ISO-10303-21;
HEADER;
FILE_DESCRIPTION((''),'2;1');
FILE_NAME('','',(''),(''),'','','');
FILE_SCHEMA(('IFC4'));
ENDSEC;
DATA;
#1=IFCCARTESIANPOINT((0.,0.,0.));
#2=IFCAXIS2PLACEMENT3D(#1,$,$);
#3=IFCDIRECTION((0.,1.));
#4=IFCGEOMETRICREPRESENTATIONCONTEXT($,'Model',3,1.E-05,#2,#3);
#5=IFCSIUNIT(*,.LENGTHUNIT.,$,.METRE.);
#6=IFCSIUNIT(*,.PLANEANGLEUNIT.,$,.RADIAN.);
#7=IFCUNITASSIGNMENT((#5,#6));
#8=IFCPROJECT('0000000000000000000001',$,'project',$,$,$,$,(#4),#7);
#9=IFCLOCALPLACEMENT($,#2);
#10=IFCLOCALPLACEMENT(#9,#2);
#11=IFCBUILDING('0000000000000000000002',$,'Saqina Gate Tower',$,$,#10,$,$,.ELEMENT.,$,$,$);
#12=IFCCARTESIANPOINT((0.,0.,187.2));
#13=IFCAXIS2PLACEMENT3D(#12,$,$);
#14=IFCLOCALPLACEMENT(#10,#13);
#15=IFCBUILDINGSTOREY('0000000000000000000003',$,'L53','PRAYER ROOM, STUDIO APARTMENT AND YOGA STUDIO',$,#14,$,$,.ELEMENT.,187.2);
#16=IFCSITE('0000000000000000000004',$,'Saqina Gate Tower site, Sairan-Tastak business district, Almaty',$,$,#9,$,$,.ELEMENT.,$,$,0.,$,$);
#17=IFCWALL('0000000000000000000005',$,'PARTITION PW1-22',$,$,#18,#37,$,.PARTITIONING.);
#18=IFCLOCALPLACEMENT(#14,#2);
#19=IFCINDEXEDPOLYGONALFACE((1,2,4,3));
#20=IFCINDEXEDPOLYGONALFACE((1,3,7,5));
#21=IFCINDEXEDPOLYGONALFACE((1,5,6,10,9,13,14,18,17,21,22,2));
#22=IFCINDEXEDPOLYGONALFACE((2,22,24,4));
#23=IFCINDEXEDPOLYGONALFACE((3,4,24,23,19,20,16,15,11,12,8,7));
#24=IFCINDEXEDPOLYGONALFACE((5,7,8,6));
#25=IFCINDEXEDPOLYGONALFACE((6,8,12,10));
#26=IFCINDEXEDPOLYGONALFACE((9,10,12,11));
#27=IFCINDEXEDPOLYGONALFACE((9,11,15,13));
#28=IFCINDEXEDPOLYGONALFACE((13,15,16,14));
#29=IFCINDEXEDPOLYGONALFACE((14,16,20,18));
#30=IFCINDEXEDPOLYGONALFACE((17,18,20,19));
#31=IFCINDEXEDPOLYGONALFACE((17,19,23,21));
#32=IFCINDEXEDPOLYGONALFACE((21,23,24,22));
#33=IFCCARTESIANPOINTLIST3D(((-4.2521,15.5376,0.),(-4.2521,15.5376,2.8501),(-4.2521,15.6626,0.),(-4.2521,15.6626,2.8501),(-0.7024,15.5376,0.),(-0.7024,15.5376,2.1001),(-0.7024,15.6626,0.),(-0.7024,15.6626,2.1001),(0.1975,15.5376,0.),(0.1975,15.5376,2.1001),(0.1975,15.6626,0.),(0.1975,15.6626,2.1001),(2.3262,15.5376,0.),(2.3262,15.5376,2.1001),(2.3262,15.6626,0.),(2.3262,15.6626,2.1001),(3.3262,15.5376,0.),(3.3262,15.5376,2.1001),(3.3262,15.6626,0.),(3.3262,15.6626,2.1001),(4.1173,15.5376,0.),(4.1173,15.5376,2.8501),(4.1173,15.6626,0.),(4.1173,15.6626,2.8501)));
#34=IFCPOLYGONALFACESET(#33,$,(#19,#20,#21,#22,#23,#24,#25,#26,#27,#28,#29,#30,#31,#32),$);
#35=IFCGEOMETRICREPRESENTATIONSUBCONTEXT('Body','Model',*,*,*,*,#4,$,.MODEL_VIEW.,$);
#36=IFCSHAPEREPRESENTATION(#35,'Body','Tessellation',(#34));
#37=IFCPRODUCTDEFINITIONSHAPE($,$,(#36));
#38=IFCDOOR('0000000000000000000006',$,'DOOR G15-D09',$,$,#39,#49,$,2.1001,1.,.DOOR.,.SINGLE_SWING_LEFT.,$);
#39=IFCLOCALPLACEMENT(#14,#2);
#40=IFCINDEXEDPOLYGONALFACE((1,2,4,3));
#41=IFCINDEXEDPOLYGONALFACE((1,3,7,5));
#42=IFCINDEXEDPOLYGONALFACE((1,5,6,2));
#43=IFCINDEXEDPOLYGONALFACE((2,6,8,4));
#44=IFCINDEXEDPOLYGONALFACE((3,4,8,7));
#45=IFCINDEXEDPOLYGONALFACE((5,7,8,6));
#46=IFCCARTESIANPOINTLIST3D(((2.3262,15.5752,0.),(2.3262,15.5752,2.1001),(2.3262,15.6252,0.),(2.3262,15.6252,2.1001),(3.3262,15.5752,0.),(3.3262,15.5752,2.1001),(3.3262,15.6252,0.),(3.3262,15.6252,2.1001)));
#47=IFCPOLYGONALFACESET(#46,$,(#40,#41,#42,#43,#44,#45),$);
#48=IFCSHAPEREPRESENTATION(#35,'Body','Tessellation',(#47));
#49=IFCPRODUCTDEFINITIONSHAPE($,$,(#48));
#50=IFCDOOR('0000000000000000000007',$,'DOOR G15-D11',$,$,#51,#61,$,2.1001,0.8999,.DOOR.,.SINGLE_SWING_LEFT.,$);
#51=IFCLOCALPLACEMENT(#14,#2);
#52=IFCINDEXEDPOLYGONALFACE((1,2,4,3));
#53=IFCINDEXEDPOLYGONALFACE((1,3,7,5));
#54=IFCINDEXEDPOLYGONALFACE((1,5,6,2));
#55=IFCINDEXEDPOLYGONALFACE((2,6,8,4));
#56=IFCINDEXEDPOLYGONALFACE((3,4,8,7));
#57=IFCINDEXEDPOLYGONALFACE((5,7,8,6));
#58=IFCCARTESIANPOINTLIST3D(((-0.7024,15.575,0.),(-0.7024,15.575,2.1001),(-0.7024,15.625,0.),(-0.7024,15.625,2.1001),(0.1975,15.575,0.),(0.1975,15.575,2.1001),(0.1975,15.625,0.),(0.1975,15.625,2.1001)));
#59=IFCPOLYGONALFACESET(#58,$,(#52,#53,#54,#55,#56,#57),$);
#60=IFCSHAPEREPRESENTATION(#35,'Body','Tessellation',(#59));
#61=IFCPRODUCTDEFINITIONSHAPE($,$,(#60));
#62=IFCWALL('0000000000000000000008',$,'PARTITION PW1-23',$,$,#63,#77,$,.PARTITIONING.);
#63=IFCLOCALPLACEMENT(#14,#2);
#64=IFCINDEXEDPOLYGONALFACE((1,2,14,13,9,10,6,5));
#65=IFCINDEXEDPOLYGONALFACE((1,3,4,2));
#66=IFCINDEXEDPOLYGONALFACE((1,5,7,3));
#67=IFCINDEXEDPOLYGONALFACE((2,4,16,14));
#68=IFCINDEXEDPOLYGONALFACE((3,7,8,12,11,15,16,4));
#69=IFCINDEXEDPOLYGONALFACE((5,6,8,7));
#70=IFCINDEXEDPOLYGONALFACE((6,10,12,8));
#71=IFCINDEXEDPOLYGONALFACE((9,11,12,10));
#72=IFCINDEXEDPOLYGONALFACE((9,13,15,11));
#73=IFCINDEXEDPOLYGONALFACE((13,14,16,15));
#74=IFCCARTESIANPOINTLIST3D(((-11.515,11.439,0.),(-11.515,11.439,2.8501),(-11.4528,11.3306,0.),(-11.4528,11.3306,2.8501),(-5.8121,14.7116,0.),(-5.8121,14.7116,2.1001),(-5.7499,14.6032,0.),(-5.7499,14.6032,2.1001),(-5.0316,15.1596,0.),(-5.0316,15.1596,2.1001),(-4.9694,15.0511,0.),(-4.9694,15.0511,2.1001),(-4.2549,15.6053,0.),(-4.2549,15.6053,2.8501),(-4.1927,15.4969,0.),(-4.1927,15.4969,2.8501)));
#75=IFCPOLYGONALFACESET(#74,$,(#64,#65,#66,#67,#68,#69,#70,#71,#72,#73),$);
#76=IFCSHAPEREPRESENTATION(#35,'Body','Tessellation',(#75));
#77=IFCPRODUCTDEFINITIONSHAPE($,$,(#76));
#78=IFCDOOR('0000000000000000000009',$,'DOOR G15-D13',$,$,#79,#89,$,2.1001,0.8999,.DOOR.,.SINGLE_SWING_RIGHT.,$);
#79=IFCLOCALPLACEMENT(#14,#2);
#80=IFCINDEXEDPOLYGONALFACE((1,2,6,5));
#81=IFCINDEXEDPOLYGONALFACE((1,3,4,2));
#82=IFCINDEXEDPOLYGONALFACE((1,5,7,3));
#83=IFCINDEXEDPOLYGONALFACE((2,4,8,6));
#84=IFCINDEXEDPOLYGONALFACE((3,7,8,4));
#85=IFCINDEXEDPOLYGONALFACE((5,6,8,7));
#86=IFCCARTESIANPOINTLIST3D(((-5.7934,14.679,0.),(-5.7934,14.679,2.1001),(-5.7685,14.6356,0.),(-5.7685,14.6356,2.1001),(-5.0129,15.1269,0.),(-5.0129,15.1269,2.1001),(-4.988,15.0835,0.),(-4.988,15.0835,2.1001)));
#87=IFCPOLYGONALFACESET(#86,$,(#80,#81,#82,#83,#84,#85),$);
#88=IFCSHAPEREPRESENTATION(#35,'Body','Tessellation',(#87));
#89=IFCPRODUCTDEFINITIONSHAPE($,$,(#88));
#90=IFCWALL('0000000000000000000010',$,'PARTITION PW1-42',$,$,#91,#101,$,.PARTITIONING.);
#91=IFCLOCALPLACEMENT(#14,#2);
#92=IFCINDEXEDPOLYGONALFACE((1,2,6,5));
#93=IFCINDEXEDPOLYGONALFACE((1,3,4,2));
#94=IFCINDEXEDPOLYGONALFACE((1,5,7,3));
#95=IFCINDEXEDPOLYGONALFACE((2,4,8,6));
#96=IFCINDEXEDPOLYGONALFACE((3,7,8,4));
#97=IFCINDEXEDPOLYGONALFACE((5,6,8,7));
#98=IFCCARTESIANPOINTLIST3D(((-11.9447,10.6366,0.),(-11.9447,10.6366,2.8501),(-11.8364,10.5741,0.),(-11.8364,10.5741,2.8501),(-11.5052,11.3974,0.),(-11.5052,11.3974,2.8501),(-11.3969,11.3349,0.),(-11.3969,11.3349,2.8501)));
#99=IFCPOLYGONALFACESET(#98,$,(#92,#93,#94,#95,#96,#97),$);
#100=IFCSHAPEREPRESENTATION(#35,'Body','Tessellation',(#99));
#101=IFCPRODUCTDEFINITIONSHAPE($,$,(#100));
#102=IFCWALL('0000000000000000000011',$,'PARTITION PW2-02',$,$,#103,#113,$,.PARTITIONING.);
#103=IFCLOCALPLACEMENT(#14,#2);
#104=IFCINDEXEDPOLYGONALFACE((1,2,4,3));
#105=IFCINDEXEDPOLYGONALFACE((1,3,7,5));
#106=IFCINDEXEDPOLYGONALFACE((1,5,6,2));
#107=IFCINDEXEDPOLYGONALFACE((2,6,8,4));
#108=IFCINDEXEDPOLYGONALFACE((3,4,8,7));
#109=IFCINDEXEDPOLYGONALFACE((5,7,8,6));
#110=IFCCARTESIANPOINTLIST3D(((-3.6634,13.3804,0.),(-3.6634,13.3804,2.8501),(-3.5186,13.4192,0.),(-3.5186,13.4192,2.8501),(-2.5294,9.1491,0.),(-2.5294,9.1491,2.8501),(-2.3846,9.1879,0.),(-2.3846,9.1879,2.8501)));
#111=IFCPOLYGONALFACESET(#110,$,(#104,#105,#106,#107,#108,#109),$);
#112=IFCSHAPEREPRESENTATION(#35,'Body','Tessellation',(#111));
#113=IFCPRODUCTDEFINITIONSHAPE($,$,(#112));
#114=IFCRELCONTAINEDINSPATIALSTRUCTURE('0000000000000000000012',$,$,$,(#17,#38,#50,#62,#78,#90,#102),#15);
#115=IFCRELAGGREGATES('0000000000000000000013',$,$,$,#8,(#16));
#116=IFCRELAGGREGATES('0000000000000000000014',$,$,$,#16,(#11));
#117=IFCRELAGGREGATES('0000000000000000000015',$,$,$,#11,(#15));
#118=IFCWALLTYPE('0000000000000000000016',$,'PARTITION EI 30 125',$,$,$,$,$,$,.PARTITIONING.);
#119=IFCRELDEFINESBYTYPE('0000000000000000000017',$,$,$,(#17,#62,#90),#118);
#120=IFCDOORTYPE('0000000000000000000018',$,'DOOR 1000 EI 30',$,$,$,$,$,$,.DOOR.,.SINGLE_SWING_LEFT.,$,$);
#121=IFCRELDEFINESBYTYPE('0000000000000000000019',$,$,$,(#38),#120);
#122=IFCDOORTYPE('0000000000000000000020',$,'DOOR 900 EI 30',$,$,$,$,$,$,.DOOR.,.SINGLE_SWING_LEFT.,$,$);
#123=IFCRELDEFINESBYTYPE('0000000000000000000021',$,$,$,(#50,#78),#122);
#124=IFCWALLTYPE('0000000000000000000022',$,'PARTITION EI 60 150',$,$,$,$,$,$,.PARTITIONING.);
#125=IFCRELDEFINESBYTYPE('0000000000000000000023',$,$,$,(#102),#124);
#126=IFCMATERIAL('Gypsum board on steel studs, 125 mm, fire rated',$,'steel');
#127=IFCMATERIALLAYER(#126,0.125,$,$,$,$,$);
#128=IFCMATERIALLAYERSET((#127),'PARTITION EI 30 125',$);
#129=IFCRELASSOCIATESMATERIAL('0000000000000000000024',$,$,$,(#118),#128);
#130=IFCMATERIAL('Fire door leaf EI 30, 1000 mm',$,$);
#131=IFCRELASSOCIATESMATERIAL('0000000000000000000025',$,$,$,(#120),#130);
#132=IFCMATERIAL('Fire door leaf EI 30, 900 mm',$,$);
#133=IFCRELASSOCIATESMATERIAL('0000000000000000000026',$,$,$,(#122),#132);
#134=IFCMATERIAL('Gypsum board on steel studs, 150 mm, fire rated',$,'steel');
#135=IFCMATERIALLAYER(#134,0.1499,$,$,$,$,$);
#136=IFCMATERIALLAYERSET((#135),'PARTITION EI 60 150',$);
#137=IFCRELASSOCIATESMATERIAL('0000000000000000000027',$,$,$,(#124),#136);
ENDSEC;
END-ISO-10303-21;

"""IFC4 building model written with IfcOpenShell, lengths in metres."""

from ifc_helpers import new_model, si_unit, direction, frame, frame_2d, origin, place, context, subcontext, project, spatial, rectangle, extrude, material, layer, layer_set, type_object, element, fill, save


model = new_model("IFC4")

# Units and contexts
model_context = context("Model", 3, precision=1e-05, world=origin(), true_north=direction((0.0, 1.0)))
body_context = subcontext(model_context, "Body", "Model", "MODEL_VIEW")
ifc_project = project(units=[si_unit("LENGTHUNIT", "METRE"), si_unit("PLANEANGLEUNIT", "RADIAN")], contexts=[model_context])

# Site, building, storey
site_placement = place(None, origin())
site = spatial("IfcSite", under=ifc_project, at=site_placement, Name="Saqina Gate Tower site, Sairan-Tastak business district, Almaty", CompositionType="ELEMENT", RefElevation=0.0)
building_placement = place(site_placement, origin())
building = spatial("IfcBuilding", under=site, at=building_placement, Name="Saqina Gate Tower", CompositionType="ELEMENT")
storey_placement = place(building_placement, frame((0.0, 0.0, 187.2)))
storey = spatial("IfcBuildingStorey", under=building, at=storey_placement, Name="L53", Description="PRAYER ROOM, STUDIO APARTMENT AND YOGA STUDIO", CompositionType="ELEMENT", Elevation=187.2)

# Shared definitions
ifc_material_1 = material(Name="Gypsum board on steel studs, 125 mm, fire rated", Category="steel")
ifc_layer_1 = layer(ifc_material_1, 0.125)
ifc_layer_set_1 = layer_set([ifc_layer_1], Name="PARTITION EI 30 125")
wall_type_1 = type_object("IfcWallType", Name="PARTITION EI 30 125", PredefinedType="PARTITIONING", material=ifc_layer_set_1)
ifc_material_2 = material(Name="Fire door leaf EI 30, 1000 mm")
door_type_1 = type_object("IfcDoorType", Name="DOOR 1000 EI 30", OperationType="SINGLE_SWING_LEFT", PredefinedType="DOOR", material=ifc_material_2)

# Wall, openings, doors
wall_1_placement = place(storey_placement, frame((-4.252, 15.6001, 0.0), z_axis=(0.0, 0.0, 1.0), x_axis=(1.0, 0.0, 0.0)))
wall_1 = element("IfcWall", 1, at=wall_1_placement, inside=storey, type_object=wall_type_1, Name="PARTITION PW1-22", PredefinedType="PARTITIONING", context=body_context, shape_type="SweptSolid", body=[
    extrude(rectangle(XDim=8.3694, YDim=0.125, at=frame_2d((4.1846, 0.0))), origin(), (0.0, 0.0, 1.0), 2.8501),
])
opening_1_placement = place(wall_1_placement, frame((6.5781, 0.0, 0.0)))
opening_1 = element("IfcOpeningElement", 2, at=opening_1_placement, cuts=wall_1, PredefinedType="OPENING", context=body_context, shape_type="SweptSolid", body=[
    extrude(rectangle(XDim=1.0, YDim=2.1001, at=frame_2d((0.5, 1.05))), frame((0.0, 0.0745, 0.0), z_axis=(0.0, -1.0, 0.0), x_axis=(1.0, 0.0, 0.0)), (0.0, 0.0, 1.0), 0.1489),
])
opening_2_placement = place(wall_1_placement, frame((3.5496, 0.0, 0.0)))
opening_2 = element("IfcOpeningElement", 3, at=opening_2_placement, cuts=wall_1, PredefinedType="OPENING", context=body_context, shape_type="SweptSolid", body=[
    extrude(rectangle(XDim=0.8999, YDim=2.1001, at=frame_2d((0.45, 1.05))), frame((0.0, 0.0745, 0.0), z_axis=(0.0, -1.0, 0.0), x_axis=(1.0, 0.0, 0.0)), (0.0, 0.0, 1.0), 0.1489),
])
door_1_placement = place(opening_1_placement, frame((1.0, 0.0, 0.0), z_axis=(0.0, 0.0, 1.0), x_axis=(-1.0, 0.0, 0.0)))
door_1 = element("IfcDoor", 4, at=door_1_placement, inside=storey, type_object=door_type_1, Name="DOOR G15-D09", OperationType="SINGLE_SWING_LEFT", OverallHeight=2.1001, OverallWidth=1.0, PredefinedType="DOOR", context=body_context, shape_type="SweptSolid", body=[
    extrude(rectangle(XDim=1.0, YDim=2.1001, at=frame_2d((0.5, 1.05))), frame((0.0, 0.0249, 0.0), z_axis=(0.0, -1.0, 0.0), x_axis=(1.0, 0.0, 0.0)), (0.0, 0.0, 1.0), 0.05),
])
fill(opening_1, door_1)
ifc_material_3 = material(Name="Fire door leaf EI 30, 900 mm")
door_type_2 = type_object("IfcDoorType", Name="DOOR 900 EI 30", OperationType="SINGLE_SWING_LEFT", PredefinedType="DOOR", material=ifc_material_3)
door_2_placement = place(opening_2_placement, origin())
door_2 = element("IfcDoor", 5, at=door_2_placement, inside=storey, type_object=door_type_2, Name="DOOR G15-D11", OperationType="SINGLE_SWING_LEFT", OverallHeight=2.1001, OverallWidth=0.8999, PredefinedType="DOOR", context=body_context, shape_type="SweptSolid", body=[
    extrude(rectangle(XDim=0.8999, YDim=2.1001, at=frame_2d((0.45, 1.05))), frame((0.0, 0.0249, 0.0), z_axis=(0.0, -1.0, 0.0), x_axis=(1.0, 0.0, 0.0)), (0.0, 0.0, 1.0), 0.05),
])
fill(opening_2, door_2)

# Wall, opening, door
wall_2_placement = place(storey_placement, frame((-11.4839, 11.3848, 0.0), z_axis=(0.0, 0.0, 1.0), x_axis=(0.867332, 0.497731, 0.0)))
wall_2 = element("IfcWall", 6, at=wall_2_placement, inside=storey, type_object=wall_type_1, Name="PARTITION PW1-23", PredefinedType="PARTITIONING", context=body_context, shape_type="SweptSolid", body=[
    extrude(rectangle(XDim=8.3706, YDim=0.125, at=frame_2d((4.1853, 0.0))), origin(), (0.0, 0.0, 1.0), 2.8501),
])
opening_3_placement = place(wall_2_placement, frame((6.5752, 0.0, 0.0)))
opening_3 = element("IfcOpeningElement", 7, at=opening_3_placement, cuts=wall_2, PredefinedType="OPENING", context=body_context, shape_type="SweptSolid", body=[
    extrude(rectangle(XDim=0.8999, YDim=2.1001, at=frame_2d((0.45, 1.05))), frame((0.0, 0.0745, 0.0), z_axis=(0.0, -1.0, 0.0), x_axis=(1.0, 0.0, 0.0)), (0.0, 0.0, 1.0), 0.1489),
])
door_3_placement = place(opening_3_placement, origin())
door_3 = element("IfcDoor", 8, at=door_3_placement, inside=storey, type_object=door_type_2, Name="DOOR G15-D13", OperationType="SINGLE_SWING_RIGHT", OverallHeight=2.1001, OverallWidth=0.8999, PredefinedType="DOOR", context=body_context, shape_type="SweptSolid", body=[
    extrude(rectangle(XDim=0.8999, YDim=2.1001, at=frame_2d((0.45, 1.05))), frame((0.0, 0.0249, 0.0), z_axis=(0.0, -1.0, 0.0), x_axis=(1.0, 0.0, 0.0)), (0.0, 0.0, 1.0), 0.05),
])
fill(opening_3, door_3)

# Walls
wall_3_placement = place(storey_placement, frame((-11.8906, 10.6052, 0.0), z_axis=(0.0, 0.0, 1.0), x_axis=(0.500204, 0.865908, 0.0)))
element("IfcWall", 9, at=wall_3_placement, inside=storey, type_object=wall_type_1, Name="PARTITION PW1-42", PredefinedType="PARTITIONING", context=body_context, shape_type="SweptSolid", body=[
    extrude(rectangle(XDim=0.8787, YDim=0.125, at=frame_2d((0.4395, 0.0))), origin(), (0.0, 0.0, 1.0), 2.8501),
])
ifc_material_4 = material(Name="Gypsum board on steel studs, 150 mm, fire rated", Category="steel")
ifc_layer_2 = layer(ifc_material_4, 0.1499)
ifc_layer_set_2 = layer_set([ifc_layer_2], Name="PARTITION EI 60 150")
wall_type_2 = type_object("IfcWallType", Name="PARTITION EI 60 150", PredefinedType="PARTITIONING", material=ifc_layer_set_2)
wall_4_placement = place(storey_placement, frame((-3.5911, 13.3999, 0.0), z_axis=(0.0, 0.0, 1.0), x_axis=(0.25888, -0.965909, 0.0)))
element("IfcWall", 10, at=wall_4_placement, inside=storey, type_object=wall_type_2, Name="PARTITION PW2-02", PredefinedType="PARTITIONING", context=body_context, shape_type="SweptSolid", body=[
    extrude(rectangle(XDim=4.3806, YDim=0.1499, at=frame_2d((2.1904, 0.0))), origin(), (0.0, 0.0, 1.0), 2.8501),
])

save(model, "model.ifc")
